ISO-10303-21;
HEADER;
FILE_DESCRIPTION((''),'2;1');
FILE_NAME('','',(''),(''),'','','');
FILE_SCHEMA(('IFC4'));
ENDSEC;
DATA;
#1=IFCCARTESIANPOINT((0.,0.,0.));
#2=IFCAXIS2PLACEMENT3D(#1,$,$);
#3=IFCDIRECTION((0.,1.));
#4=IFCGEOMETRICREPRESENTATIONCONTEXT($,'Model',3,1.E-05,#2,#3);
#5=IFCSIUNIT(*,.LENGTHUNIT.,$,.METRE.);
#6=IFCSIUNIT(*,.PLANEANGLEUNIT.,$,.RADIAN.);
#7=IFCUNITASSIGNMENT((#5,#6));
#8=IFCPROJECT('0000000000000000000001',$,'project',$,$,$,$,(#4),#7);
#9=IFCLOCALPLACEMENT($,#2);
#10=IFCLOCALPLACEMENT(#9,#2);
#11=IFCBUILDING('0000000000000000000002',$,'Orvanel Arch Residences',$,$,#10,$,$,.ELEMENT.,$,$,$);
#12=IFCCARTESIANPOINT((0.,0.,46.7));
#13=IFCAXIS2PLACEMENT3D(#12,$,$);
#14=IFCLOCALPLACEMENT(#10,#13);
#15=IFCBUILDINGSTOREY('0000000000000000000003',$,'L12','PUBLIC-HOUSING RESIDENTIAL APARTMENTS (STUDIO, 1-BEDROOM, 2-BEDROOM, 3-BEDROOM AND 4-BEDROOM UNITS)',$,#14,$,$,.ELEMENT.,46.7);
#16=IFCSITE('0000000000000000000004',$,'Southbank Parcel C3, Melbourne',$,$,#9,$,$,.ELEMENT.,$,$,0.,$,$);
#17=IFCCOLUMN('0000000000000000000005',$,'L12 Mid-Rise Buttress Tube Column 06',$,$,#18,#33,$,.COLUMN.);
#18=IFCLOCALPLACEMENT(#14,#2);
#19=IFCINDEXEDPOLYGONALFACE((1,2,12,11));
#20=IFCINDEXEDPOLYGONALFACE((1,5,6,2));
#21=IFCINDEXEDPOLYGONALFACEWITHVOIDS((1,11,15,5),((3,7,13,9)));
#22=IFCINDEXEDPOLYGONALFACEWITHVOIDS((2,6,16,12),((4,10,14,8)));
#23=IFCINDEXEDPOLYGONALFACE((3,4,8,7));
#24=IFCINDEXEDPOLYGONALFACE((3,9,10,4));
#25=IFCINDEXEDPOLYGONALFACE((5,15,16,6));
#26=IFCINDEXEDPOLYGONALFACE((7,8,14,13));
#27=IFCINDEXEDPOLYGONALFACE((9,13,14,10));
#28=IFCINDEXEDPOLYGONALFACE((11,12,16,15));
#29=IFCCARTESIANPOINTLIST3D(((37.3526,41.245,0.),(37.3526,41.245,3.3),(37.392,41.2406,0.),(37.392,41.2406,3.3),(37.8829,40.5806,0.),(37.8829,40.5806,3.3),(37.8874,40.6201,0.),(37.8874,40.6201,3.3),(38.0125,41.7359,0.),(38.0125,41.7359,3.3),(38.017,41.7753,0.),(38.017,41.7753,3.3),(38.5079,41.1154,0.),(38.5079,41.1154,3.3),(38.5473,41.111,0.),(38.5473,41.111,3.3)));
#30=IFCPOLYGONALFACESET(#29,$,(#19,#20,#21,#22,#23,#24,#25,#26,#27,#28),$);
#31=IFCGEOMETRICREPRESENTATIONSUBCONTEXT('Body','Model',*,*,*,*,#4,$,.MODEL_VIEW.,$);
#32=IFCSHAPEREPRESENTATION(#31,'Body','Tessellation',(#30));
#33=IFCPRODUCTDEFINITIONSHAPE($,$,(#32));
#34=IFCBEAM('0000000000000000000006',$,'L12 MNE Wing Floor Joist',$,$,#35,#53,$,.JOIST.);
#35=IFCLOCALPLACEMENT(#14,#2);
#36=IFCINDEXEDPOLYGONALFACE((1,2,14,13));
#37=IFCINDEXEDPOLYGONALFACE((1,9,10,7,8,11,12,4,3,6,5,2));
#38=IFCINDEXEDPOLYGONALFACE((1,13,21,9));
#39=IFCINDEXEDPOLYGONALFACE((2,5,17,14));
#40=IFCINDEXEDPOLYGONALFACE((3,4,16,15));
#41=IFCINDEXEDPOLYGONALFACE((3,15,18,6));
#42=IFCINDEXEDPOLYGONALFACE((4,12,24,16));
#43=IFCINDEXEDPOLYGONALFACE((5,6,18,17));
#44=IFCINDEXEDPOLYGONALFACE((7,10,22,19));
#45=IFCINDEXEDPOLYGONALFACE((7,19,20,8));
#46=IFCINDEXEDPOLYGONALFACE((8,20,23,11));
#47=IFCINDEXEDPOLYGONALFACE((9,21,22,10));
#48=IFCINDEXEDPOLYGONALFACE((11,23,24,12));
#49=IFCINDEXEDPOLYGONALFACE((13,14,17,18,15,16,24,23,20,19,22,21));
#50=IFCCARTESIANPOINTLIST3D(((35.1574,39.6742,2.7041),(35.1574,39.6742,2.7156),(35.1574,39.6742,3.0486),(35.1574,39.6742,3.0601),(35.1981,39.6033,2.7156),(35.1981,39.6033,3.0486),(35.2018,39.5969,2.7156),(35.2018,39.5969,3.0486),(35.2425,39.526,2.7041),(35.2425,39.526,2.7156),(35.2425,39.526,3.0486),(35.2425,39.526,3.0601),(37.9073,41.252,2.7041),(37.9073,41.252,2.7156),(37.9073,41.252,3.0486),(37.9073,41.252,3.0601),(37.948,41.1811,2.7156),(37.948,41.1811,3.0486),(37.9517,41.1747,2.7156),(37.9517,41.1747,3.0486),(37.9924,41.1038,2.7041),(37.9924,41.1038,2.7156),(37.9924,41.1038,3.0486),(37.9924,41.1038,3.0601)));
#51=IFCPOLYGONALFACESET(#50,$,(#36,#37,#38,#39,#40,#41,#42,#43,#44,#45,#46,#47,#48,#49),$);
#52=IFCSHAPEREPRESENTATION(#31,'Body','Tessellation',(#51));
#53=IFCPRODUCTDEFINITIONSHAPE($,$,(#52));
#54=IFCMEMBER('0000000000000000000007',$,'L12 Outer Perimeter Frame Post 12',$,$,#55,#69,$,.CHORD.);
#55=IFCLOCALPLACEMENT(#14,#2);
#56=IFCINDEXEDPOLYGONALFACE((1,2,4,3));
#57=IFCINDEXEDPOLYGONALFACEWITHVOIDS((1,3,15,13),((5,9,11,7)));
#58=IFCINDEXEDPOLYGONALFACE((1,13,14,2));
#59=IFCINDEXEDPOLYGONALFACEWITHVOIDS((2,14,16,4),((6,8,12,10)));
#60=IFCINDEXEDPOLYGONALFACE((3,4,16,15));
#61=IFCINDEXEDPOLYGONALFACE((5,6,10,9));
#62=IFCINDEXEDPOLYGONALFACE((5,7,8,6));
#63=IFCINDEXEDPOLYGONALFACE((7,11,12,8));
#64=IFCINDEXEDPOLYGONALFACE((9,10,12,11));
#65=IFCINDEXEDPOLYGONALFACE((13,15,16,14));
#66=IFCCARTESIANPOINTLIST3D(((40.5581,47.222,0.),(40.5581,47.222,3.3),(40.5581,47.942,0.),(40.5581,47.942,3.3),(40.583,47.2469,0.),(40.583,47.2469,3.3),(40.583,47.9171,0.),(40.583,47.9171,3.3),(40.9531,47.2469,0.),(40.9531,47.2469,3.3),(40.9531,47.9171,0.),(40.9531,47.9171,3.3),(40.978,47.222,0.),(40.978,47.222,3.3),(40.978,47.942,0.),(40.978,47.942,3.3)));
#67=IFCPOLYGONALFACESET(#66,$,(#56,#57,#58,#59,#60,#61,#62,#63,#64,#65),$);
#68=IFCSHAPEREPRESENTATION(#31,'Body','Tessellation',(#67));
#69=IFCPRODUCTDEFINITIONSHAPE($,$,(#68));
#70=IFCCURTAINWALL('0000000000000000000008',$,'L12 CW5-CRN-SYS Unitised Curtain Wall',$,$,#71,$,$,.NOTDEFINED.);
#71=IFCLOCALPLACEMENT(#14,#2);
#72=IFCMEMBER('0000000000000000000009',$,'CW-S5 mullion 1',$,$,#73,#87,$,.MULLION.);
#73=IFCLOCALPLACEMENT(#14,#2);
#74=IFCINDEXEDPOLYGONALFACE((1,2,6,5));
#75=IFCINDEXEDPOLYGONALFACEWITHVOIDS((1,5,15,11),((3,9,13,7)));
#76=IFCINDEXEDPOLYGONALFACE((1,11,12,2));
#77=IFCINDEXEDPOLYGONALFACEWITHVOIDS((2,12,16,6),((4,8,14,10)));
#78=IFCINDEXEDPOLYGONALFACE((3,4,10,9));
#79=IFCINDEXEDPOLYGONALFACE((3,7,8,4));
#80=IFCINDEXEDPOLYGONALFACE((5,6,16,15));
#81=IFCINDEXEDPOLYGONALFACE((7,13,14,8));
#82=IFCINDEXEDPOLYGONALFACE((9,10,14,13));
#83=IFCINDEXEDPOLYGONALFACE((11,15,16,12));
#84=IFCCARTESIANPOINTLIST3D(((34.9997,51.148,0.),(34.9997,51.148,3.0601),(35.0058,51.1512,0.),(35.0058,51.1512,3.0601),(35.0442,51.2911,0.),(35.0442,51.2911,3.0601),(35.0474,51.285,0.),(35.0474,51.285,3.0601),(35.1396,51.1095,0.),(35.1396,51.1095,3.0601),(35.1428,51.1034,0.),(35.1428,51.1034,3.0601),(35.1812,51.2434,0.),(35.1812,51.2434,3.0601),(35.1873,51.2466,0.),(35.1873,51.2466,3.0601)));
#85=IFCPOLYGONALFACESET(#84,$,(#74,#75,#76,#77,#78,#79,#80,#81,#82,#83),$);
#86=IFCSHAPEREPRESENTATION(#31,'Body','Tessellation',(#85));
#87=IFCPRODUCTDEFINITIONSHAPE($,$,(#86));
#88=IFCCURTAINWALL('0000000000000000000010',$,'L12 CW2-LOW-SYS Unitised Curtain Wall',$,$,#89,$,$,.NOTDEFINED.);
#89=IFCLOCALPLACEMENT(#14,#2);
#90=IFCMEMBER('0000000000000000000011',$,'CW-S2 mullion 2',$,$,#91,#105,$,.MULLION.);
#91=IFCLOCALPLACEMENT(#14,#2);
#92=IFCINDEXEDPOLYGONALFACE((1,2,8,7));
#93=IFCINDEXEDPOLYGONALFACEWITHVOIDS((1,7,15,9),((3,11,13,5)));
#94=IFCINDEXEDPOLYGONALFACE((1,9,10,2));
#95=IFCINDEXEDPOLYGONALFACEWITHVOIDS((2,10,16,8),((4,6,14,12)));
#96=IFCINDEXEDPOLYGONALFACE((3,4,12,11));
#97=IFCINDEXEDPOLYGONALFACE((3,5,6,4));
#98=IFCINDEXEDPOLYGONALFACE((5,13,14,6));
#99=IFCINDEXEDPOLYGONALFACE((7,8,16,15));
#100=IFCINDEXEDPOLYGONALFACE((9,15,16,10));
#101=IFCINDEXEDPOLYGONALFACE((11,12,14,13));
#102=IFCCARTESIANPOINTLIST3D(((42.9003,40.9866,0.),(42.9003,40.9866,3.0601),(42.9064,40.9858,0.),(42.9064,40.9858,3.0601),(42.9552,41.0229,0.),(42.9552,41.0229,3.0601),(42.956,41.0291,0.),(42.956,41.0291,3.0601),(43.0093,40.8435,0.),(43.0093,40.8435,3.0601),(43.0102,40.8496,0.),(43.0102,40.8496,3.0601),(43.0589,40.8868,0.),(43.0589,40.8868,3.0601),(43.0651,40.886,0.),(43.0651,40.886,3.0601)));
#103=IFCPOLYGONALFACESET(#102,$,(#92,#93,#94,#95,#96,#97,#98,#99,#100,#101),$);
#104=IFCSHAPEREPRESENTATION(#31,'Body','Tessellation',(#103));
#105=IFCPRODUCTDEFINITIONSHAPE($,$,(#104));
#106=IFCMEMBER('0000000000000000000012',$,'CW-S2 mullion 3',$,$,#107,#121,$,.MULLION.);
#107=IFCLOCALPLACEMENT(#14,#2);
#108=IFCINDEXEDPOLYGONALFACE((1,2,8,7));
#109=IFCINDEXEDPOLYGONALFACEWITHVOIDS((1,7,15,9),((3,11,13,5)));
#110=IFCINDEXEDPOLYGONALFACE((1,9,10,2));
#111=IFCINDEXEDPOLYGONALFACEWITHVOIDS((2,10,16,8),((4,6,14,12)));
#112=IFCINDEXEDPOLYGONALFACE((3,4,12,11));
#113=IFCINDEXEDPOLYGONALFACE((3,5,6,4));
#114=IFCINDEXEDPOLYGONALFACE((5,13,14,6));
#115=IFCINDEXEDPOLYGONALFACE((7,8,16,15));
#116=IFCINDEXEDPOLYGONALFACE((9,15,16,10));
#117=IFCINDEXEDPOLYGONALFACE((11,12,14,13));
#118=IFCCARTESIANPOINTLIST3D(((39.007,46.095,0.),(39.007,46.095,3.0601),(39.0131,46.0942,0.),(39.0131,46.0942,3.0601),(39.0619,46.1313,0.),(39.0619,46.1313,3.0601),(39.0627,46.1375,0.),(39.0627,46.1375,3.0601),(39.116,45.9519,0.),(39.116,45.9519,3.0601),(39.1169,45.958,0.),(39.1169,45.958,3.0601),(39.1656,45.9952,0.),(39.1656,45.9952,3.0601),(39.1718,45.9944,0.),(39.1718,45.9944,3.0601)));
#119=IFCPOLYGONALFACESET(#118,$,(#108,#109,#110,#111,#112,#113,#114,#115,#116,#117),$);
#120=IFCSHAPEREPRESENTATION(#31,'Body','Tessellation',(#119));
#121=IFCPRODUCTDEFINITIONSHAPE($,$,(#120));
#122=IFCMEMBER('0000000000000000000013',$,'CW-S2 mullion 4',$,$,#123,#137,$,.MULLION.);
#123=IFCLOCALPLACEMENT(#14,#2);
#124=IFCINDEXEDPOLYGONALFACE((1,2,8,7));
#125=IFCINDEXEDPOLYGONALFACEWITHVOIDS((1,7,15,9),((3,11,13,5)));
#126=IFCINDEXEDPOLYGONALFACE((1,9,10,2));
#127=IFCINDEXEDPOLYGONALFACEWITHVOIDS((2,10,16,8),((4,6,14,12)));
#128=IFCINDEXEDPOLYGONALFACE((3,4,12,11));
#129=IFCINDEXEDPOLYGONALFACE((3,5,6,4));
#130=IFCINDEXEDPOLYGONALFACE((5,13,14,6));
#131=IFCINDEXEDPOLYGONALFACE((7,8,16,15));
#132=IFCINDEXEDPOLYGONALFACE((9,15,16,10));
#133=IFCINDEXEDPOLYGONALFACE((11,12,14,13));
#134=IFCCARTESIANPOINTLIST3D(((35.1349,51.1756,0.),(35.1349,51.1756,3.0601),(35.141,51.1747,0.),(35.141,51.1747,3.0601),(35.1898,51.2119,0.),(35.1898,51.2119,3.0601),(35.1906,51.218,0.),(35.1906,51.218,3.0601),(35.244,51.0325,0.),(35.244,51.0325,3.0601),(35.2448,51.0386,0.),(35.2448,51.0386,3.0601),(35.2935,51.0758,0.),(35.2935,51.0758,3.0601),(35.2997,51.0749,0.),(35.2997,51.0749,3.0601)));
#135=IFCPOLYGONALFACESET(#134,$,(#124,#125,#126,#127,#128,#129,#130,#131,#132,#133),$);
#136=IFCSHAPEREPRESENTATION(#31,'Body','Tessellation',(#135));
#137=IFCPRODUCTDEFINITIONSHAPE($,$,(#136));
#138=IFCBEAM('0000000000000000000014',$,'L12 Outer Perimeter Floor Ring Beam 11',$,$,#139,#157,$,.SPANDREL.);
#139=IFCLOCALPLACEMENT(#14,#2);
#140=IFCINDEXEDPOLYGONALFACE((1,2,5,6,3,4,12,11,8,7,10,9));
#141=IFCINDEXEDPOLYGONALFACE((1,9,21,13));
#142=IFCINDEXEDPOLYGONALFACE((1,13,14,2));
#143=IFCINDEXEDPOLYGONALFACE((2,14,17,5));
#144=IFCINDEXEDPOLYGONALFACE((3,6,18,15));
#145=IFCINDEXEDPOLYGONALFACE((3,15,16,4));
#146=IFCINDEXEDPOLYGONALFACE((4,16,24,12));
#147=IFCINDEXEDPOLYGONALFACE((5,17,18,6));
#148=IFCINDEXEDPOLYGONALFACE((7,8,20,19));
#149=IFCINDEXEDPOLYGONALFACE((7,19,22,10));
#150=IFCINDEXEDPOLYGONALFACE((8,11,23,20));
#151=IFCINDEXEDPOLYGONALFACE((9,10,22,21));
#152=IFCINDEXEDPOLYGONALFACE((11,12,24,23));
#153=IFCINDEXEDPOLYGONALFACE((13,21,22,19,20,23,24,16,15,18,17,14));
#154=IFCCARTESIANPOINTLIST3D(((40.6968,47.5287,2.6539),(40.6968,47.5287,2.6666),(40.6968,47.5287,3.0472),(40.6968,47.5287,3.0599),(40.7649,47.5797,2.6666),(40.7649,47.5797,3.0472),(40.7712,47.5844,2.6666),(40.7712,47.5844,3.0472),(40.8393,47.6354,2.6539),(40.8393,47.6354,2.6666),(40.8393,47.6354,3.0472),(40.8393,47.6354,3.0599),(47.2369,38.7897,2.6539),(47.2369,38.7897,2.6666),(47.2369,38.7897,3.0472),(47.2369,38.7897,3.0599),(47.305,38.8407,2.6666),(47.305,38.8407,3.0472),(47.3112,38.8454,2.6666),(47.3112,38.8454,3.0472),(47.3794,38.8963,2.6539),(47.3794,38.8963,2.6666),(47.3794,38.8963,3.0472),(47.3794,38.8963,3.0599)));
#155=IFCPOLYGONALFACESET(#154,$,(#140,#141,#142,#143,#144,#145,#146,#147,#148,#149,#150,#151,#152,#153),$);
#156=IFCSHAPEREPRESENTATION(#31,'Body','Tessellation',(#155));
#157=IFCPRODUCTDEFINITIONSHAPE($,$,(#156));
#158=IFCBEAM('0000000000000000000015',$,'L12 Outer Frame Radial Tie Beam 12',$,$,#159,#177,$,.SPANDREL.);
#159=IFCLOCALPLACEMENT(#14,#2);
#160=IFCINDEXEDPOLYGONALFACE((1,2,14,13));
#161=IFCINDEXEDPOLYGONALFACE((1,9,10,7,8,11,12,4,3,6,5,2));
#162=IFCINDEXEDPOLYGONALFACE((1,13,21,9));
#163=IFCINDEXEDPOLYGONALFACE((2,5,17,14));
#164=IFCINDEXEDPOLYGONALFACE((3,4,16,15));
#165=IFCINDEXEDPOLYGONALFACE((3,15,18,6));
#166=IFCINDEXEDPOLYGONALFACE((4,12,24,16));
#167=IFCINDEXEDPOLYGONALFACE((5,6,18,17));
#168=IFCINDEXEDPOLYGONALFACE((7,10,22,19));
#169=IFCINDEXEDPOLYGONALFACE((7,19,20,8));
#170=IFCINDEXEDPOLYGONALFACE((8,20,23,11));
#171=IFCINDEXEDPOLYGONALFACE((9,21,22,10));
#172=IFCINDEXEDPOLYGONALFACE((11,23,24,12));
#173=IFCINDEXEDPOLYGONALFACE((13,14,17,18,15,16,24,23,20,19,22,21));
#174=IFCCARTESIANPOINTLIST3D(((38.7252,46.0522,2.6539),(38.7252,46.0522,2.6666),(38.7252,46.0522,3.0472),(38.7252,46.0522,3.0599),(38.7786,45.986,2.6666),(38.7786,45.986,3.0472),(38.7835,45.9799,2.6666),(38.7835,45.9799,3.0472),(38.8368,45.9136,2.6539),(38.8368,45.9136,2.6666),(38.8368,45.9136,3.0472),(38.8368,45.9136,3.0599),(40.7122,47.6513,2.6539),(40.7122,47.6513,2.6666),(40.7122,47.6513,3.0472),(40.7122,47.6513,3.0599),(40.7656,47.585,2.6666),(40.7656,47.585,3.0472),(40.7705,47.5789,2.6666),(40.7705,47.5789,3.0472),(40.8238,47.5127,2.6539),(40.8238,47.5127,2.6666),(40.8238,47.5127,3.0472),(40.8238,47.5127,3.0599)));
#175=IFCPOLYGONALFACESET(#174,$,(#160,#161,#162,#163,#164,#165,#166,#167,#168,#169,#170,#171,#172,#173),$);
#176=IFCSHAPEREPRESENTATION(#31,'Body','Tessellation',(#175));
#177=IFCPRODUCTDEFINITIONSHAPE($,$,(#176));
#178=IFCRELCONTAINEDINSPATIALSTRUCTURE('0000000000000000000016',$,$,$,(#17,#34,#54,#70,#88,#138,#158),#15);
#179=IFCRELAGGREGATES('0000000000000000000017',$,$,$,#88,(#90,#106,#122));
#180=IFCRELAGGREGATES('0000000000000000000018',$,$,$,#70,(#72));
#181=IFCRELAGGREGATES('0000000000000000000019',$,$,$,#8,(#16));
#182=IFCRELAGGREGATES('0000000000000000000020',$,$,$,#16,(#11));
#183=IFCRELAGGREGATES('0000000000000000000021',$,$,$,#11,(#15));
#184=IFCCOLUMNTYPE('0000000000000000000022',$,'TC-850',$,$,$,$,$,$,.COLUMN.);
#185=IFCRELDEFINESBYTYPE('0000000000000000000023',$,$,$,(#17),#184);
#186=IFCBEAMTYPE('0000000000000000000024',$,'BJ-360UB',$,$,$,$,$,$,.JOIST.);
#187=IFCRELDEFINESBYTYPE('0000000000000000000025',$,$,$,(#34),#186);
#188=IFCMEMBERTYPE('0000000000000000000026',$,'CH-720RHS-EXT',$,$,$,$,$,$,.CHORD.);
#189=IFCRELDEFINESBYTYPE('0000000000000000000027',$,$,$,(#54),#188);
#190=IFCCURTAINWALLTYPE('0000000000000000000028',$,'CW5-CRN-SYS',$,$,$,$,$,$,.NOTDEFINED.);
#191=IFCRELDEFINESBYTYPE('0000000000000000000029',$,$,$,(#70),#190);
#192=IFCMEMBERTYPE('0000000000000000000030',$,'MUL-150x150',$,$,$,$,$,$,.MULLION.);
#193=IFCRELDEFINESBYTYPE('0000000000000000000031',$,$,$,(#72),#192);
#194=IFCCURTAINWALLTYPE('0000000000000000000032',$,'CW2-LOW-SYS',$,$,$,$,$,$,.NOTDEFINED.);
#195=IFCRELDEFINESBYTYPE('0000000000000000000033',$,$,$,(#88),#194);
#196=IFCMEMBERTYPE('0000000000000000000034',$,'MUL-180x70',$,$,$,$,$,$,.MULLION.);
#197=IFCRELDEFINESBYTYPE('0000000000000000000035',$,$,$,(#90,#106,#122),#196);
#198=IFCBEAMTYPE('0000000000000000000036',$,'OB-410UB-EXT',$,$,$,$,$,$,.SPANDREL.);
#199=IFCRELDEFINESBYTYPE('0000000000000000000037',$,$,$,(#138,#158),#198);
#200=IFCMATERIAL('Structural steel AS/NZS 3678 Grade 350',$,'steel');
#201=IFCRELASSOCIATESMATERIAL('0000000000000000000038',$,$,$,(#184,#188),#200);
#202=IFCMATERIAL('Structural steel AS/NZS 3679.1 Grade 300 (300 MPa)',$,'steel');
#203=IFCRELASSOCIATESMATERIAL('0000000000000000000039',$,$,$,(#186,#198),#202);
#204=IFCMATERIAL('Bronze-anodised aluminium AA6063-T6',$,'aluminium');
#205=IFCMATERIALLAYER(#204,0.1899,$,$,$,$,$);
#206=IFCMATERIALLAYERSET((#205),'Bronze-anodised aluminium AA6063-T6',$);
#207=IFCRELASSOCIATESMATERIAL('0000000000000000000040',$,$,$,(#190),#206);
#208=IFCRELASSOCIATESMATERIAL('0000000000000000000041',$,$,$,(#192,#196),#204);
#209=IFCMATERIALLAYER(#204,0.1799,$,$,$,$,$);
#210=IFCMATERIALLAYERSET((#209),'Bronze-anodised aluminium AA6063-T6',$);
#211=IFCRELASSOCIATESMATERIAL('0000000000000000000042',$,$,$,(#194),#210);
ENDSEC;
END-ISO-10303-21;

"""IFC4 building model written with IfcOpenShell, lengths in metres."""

from ifc_helpers import new_model, si_unit, direction, frame, origin, origin_2d, place, context, subcontext, project, spatial, hollow_rectangle, i_section, extrude, material, layer, layer_set, material_profile, profile_set, type_object, element, aggregate, save


model = new_model("IFC4")

# Units and contexts
model_context = context("Model", 3, precision=1e-05, world=origin(), true_north=direction((0.0, 1.0)))
body_context = subcontext(model_context, "Body", "Model", "MODEL_VIEW")
ifc_project = project(units=[si_unit("LENGTHUNIT", "METRE"), si_unit("PLANEANGLEUNIT", "RADIAN")], contexts=[model_context])

# Site, building, storey
site_placement = place(None, origin())
site = spatial("IfcSite", under=ifc_project, at=site_placement, Name="Southbank Parcel C3, Melbourne", CompositionType="ELEMENT", RefElevation=0.0)
building_placement = place(site_placement, origin())
building = spatial("IfcBuilding", under=site, at=building_placement, Name="Orvanel Arch Residences", CompositionType="ELEMENT")
storey_placement = place(building_placement, frame((0.0, 0.0, 46.7)))
storey = spatial("IfcBuildingStorey", under=building, at=storey_placement, Name="L12", Description="PUBLIC-HOUSING RESIDENTIAL APARTMENTS (STUDIO, 1-BEDROOM, 2-BEDROOM, 3-BEDROOM AND 4-BEDROOM UNITS)", CompositionType="ELEMENT", Elevation=46.7)

# Column
ifc_material_1 = material(Name="Structural steel AS/NZS 3678 Grade 350", Category="steel")
ifc_material_profile_1 = material_profile(ifc_material_1, hollow_rectangle(XDim=0.8501, YDim=0.8501, WallThickness=0.0281, at=origin_2d()), Name="BOX850x850x28")
ifc_profile_set_1 = profile_set([ifc_material_profile_1], Name="Structural steel AS/NZS 3678 Grade 350")
column_type = type_object("IfcColumnType", Name="TC-850", PredefinedType="COLUMN", material=ifc_profile_set_1)
column_placement = place(storey_placement, frame((37.95, 41.178, 0.0), z_axis=(0.0, 0.0, 1.0), x_axis=(-0.62388, 0.78152, 0.0)))
element("IfcColumn", 1, at=column_placement, inside=storey, type_object=column_type, Name="L12 Mid-Rise Buttress Tube Column 06", PredefinedType="COLUMN", context=body_context, shape_type="SweptSolid", body=[
    extrude(hollow_rectangle(XDim=0.8501, YDim=0.8501, WallThickness=0.0281, at=origin_2d()), origin(), (0.0, 0.0, 1.0), 3.3),
])

# Beam
ifc_material_2 = material(Name="Structural steel AS/NZS 3679.1 Grade 300 (300 MPa)", Category="steel")
ifc_material_profile_2 = material_profile(ifc_material_2, i_section(OverallWidth=0.1709, OverallDepth=0.356, WebThickness=0.0073, FlangeThickness=0.0115, at=origin_2d()), Name="360UB50.7")
ifc_profile_set_2 = profile_set([ifc_material_profile_2], Name="Structural steel AS/NZS 3679.1 Grade 300 (300 MPa)")
beam_type_1 = type_object("IfcBeamType", Name="BJ-360UB", PredefinedType="JOIST", material=ifc_profile_set_2)
beam_1_placement = place(storey_placement, frame((35.2, 39.6001, 2.8821), z_axis=(0.867365, 0.497672, 0.0), x_axis=(-0.497672, 0.867365, 0.0)))
element("IfcBeam", 2, at=beam_1_placement, inside=storey, type_object=beam_type_1, Name="L12 MNE Wing Floor Joist", PredefinedType="JOIST", context=body_context, shape_type="SweptSolid", body=[
    extrude(i_section(OverallWidth=0.1709, OverallDepth=0.356, WebThickness=0.0073, FlangeThickness=0.0115, at=origin_2d()), origin(), (0.0, 0.0, 1.0), 3.1704),
])

# Member
ifc_material_profile_3 = material_profile(ifc_material_1, hollow_rectangle(XDim=0.4199, YDim=0.72, WallThickness=0.0249, at=origin_2d()), Name="RHS720x420x25")
ifc_profile_set_3 = profile_set([ifc_material_profile_3], Name="Structural steel AS/NZS 3678 Grade 350")
member_type_1 = type_object("IfcMemberType", Name="CH-720RHS-EXT", PredefinedType="CHORD", material=ifc_profile_set_3)
member_1_placement = place(storey_placement, frame((40.7681, 47.582, 0.0), z_axis=(0.0, 0.0, 1.0), x_axis=(1.0, 0.0, 0.0)))
element("IfcMember", 3, at=member_1_placement, inside=storey, type_object=member_type_1, Name="L12 Outer Perimeter Frame Post 12", PredefinedType="CHORD", context=body_context, shape_type="SweptSolid", body=[
    extrude(hollow_rectangle(XDim=0.4199, YDim=0.72, WallThickness=0.0249, at=origin_2d()), origin(), (0.0, 0.0, 1.0), 3.3),
])

# Curtain wall, member
ifc_material_3 = material(Name="Bronze-anodised aluminium AA6063-T6", Category="aluminium")
ifc_layer_1 = layer(ifc_material_3, 0.1899)
ifc_layer_set_1 = layer_set([ifc_layer_1], Name="Bronze-anodised aluminium AA6063-T6")
curtain_wall_type_1 = type_object("IfcCurtainWallType", Name="CW5-CRN-SYS", PredefinedType="NOTDEFINED", material=ifc_layer_set_1)
curtain_wall_1_placement = place(storey_placement, origin())
curtain_wall_1 = element("IfcCurtainWall", 4, at=curtain_wall_1_placement, inside=storey, type_object=curtain_wall_type_1, Name="L12 CW5-CRN-SYS Unitised Curtain Wall", PredefinedType="NOTDEFINED")
ifc_material_profile_4 = material_profile(ifc_material_3, hollow_rectangle(XDim=0.1499, YDim=0.1499, WallThickness=0.0049, at=origin_2d()), Name="ALU150x150x5")
ifc_profile_set_4 = profile_set([ifc_material_profile_4], Name="Bronze-anodised aluminium AA6063-T6")
member_type_2 = type_object("IfcMemberType", Name="MUL-150x150", PredefinedType="MULLION", material=ifc_profile_set_4)
member_2_placement = place(storey_placement, frame((35.0935, 51.1973, 0.0), z_axis=(0.0, 0.0, 1.0), x_axis=(-0.297026, -0.954869, 0.0)))
member_2 = element("IfcMember", 5, at=member_2_placement, type_object=member_type_2, Name="CW-S5 mullion 1", PredefinedType="MULLION", context=body_context, shape_type="SweptSolid", body=[
    extrude(hollow_rectangle(XDim=0.1499, YDim=0.1499, WallThickness=0.0049, at=origin_2d()), origin(), (0.0, 0.0, 1.0), 3.0601),
])

# Curtain wall, members
ifc_layer_2 = layer(ifc_material_3, 0.1799)
ifc_layer_set_2 = layer_set([ifc_layer_2], Name="Bronze-anodised aluminium AA6063-T6")
curtain_wall_type_2 = type_object("IfcCurtainWallType", Name="CW2-LOW-SYS", PredefinedType="NOTDEFINED", material=ifc_layer_set_2)
curtain_wall_2_placement = place(storey_placement, origin())
curtain_wall_2 = element("IfcCurtainWall", 6, at=curtain_wall_2_placement, inside=storey, type_object=curtain_wall_type_2, Name="L12 CW2-LOW-SYS Unitised Curtain Wall", PredefinedType="NOTDEFINED")
ifc_material_profile_5 = material_profile(ifc_material_3, hollow_rectangle(XDim=0.0701, YDim=0.1799, WallThickness=0.0044, at=origin_2d()), Name="ALU180x70x4.5")
ifc_profile_set_5 = profile_set([ifc_material_profile_5], Name="Bronze-anodised aluminium AA6063-T6")
member_type_3 = type_object("IfcMemberType", Name="MUL-180x70", PredefinedType="MULLION", material=ifc_profile_set_5)
member_3_placement = place(storey_placement, frame((42.9827, 40.9363, 0.0), z_axis=(0.0, 0.0, 1.0), x_axis=(-0.795336, -0.606168, 0.0)))
member_3 = element("IfcMember", 7, at=member_3_placement, type_object=member_type_3, Name="CW-S2 mullion 2", PredefinedType="MULLION", context=body_context, shape_type="SweptSolid", body=[
    extrude(hollow_rectangle(XDim=0.0701, YDim=0.1799, WallThickness=0.0044, at=origin_2d()), origin(), (0.0, 0.0, 1.0), 3.0601),
])
member_4_placement = place(storey_placement, frame((39.0894, 46.0447, 0.0), z_axis=(0.0, 0.0, 1.0), x_axis=(-0.795336, -0.606168, 0.0)))
member_4 = element("IfcMember", 8, at=member_4_placement, type_object=member_type_3, Name="CW-S2 mullion 3", PredefinedType="MULLION", context=body_context, shape_type="SweptSolid", body=[
    extrude(hollow_rectangle(XDim=0.0701, YDim=0.1799, WallThickness=0.0044, at=origin_2d()), origin(), (0.0, 0.0, 1.0), 3.0601),
])
member_5_placement = place(storey_placement, frame((35.2173, 51.1252, 0.0), z_axis=(0.0, 0.0, 1.0), x_axis=(-0.795336, -0.606168, 0.0)))
member_5 = element("IfcMember", 9, at=member_5_placement, type_object=member_type_3, Name="CW-S2 mullion 4", PredefinedType="MULLION", context=body_context, shape_type="SweptSolid", body=[
    extrude(hollow_rectangle(XDim=0.0701, YDim=0.1799, WallThickness=0.0044, at=origin_2d()), origin(), (0.0, 0.0, 1.0), 3.0601),
])

# Beams
ifc_material_profile_6 = material_profile(ifc_material_2, i_section(OverallWidth=0.178, OverallDepth=0.406, WebThickness=0.0078, FlangeThickness=0.0127, at=origin_2d()), Name="410UB59.7")
ifc_profile_set_6 = profile_set([ifc_material_profile_6], Name="Structural steel AS/NZS 3679.1 Grade 300 (300 MPa)")
beam_type_2 = type_object("IfcBeamType", Name="OB-410UB-EXT", PredefinedType="SPANDREL", material=ifc_profile_set_6)
beam_2_placement = place(storey_placement, frame((47.3081, 38.843, 2.8569), z_axis=(-0.599166, 0.800625, 0.0), x_axis=(-0.800625, -0.599166, 0.0)))
element("IfcBeam", 10, at=beam_2_placement, inside=storey, type_object=beam_type_2, Name="L12 Outer Perimeter Floor Ring Beam 11", PredefinedType="SPANDREL", context=body_context, shape_type="SweptSolid", body=[
    extrude(i_section(OverallWidth=0.178, OverallDepth=0.406, WebThickness=0.0078, FlangeThickness=0.0127, at=origin_2d()), origin(), (0.0, 0.0, 1.0), 10.9153),
])
beam_3_placement = place(storey_placement, frame((38.781, 45.9829, 2.8569), z_axis=(0.779054, 0.626957, 0.0), x_axis=(-0.626957, 0.779054, 0.0)))
element("IfcBeam", 11, at=beam_3_placement, inside=storey, type_object=beam_type_2, Name="L12 Outer Frame Radial Tie Beam 12", PredefinedType="SPANDREL", context=body_context, shape_type="SweptSolid", body=[
    extrude(i_section(OverallWidth=0.178, OverallDepth=0.406, WebThickness=0.0078, FlangeThickness=0.0127, at=origin_2d()), origin(), (0.0, 0.0, 1.0), 2.5505),
])

aggregate(curtain_wall_2, [member_3, member_4, member_5])
aggregate(curtain_wall_1, [member_2])

save(model, "model.ifc")
